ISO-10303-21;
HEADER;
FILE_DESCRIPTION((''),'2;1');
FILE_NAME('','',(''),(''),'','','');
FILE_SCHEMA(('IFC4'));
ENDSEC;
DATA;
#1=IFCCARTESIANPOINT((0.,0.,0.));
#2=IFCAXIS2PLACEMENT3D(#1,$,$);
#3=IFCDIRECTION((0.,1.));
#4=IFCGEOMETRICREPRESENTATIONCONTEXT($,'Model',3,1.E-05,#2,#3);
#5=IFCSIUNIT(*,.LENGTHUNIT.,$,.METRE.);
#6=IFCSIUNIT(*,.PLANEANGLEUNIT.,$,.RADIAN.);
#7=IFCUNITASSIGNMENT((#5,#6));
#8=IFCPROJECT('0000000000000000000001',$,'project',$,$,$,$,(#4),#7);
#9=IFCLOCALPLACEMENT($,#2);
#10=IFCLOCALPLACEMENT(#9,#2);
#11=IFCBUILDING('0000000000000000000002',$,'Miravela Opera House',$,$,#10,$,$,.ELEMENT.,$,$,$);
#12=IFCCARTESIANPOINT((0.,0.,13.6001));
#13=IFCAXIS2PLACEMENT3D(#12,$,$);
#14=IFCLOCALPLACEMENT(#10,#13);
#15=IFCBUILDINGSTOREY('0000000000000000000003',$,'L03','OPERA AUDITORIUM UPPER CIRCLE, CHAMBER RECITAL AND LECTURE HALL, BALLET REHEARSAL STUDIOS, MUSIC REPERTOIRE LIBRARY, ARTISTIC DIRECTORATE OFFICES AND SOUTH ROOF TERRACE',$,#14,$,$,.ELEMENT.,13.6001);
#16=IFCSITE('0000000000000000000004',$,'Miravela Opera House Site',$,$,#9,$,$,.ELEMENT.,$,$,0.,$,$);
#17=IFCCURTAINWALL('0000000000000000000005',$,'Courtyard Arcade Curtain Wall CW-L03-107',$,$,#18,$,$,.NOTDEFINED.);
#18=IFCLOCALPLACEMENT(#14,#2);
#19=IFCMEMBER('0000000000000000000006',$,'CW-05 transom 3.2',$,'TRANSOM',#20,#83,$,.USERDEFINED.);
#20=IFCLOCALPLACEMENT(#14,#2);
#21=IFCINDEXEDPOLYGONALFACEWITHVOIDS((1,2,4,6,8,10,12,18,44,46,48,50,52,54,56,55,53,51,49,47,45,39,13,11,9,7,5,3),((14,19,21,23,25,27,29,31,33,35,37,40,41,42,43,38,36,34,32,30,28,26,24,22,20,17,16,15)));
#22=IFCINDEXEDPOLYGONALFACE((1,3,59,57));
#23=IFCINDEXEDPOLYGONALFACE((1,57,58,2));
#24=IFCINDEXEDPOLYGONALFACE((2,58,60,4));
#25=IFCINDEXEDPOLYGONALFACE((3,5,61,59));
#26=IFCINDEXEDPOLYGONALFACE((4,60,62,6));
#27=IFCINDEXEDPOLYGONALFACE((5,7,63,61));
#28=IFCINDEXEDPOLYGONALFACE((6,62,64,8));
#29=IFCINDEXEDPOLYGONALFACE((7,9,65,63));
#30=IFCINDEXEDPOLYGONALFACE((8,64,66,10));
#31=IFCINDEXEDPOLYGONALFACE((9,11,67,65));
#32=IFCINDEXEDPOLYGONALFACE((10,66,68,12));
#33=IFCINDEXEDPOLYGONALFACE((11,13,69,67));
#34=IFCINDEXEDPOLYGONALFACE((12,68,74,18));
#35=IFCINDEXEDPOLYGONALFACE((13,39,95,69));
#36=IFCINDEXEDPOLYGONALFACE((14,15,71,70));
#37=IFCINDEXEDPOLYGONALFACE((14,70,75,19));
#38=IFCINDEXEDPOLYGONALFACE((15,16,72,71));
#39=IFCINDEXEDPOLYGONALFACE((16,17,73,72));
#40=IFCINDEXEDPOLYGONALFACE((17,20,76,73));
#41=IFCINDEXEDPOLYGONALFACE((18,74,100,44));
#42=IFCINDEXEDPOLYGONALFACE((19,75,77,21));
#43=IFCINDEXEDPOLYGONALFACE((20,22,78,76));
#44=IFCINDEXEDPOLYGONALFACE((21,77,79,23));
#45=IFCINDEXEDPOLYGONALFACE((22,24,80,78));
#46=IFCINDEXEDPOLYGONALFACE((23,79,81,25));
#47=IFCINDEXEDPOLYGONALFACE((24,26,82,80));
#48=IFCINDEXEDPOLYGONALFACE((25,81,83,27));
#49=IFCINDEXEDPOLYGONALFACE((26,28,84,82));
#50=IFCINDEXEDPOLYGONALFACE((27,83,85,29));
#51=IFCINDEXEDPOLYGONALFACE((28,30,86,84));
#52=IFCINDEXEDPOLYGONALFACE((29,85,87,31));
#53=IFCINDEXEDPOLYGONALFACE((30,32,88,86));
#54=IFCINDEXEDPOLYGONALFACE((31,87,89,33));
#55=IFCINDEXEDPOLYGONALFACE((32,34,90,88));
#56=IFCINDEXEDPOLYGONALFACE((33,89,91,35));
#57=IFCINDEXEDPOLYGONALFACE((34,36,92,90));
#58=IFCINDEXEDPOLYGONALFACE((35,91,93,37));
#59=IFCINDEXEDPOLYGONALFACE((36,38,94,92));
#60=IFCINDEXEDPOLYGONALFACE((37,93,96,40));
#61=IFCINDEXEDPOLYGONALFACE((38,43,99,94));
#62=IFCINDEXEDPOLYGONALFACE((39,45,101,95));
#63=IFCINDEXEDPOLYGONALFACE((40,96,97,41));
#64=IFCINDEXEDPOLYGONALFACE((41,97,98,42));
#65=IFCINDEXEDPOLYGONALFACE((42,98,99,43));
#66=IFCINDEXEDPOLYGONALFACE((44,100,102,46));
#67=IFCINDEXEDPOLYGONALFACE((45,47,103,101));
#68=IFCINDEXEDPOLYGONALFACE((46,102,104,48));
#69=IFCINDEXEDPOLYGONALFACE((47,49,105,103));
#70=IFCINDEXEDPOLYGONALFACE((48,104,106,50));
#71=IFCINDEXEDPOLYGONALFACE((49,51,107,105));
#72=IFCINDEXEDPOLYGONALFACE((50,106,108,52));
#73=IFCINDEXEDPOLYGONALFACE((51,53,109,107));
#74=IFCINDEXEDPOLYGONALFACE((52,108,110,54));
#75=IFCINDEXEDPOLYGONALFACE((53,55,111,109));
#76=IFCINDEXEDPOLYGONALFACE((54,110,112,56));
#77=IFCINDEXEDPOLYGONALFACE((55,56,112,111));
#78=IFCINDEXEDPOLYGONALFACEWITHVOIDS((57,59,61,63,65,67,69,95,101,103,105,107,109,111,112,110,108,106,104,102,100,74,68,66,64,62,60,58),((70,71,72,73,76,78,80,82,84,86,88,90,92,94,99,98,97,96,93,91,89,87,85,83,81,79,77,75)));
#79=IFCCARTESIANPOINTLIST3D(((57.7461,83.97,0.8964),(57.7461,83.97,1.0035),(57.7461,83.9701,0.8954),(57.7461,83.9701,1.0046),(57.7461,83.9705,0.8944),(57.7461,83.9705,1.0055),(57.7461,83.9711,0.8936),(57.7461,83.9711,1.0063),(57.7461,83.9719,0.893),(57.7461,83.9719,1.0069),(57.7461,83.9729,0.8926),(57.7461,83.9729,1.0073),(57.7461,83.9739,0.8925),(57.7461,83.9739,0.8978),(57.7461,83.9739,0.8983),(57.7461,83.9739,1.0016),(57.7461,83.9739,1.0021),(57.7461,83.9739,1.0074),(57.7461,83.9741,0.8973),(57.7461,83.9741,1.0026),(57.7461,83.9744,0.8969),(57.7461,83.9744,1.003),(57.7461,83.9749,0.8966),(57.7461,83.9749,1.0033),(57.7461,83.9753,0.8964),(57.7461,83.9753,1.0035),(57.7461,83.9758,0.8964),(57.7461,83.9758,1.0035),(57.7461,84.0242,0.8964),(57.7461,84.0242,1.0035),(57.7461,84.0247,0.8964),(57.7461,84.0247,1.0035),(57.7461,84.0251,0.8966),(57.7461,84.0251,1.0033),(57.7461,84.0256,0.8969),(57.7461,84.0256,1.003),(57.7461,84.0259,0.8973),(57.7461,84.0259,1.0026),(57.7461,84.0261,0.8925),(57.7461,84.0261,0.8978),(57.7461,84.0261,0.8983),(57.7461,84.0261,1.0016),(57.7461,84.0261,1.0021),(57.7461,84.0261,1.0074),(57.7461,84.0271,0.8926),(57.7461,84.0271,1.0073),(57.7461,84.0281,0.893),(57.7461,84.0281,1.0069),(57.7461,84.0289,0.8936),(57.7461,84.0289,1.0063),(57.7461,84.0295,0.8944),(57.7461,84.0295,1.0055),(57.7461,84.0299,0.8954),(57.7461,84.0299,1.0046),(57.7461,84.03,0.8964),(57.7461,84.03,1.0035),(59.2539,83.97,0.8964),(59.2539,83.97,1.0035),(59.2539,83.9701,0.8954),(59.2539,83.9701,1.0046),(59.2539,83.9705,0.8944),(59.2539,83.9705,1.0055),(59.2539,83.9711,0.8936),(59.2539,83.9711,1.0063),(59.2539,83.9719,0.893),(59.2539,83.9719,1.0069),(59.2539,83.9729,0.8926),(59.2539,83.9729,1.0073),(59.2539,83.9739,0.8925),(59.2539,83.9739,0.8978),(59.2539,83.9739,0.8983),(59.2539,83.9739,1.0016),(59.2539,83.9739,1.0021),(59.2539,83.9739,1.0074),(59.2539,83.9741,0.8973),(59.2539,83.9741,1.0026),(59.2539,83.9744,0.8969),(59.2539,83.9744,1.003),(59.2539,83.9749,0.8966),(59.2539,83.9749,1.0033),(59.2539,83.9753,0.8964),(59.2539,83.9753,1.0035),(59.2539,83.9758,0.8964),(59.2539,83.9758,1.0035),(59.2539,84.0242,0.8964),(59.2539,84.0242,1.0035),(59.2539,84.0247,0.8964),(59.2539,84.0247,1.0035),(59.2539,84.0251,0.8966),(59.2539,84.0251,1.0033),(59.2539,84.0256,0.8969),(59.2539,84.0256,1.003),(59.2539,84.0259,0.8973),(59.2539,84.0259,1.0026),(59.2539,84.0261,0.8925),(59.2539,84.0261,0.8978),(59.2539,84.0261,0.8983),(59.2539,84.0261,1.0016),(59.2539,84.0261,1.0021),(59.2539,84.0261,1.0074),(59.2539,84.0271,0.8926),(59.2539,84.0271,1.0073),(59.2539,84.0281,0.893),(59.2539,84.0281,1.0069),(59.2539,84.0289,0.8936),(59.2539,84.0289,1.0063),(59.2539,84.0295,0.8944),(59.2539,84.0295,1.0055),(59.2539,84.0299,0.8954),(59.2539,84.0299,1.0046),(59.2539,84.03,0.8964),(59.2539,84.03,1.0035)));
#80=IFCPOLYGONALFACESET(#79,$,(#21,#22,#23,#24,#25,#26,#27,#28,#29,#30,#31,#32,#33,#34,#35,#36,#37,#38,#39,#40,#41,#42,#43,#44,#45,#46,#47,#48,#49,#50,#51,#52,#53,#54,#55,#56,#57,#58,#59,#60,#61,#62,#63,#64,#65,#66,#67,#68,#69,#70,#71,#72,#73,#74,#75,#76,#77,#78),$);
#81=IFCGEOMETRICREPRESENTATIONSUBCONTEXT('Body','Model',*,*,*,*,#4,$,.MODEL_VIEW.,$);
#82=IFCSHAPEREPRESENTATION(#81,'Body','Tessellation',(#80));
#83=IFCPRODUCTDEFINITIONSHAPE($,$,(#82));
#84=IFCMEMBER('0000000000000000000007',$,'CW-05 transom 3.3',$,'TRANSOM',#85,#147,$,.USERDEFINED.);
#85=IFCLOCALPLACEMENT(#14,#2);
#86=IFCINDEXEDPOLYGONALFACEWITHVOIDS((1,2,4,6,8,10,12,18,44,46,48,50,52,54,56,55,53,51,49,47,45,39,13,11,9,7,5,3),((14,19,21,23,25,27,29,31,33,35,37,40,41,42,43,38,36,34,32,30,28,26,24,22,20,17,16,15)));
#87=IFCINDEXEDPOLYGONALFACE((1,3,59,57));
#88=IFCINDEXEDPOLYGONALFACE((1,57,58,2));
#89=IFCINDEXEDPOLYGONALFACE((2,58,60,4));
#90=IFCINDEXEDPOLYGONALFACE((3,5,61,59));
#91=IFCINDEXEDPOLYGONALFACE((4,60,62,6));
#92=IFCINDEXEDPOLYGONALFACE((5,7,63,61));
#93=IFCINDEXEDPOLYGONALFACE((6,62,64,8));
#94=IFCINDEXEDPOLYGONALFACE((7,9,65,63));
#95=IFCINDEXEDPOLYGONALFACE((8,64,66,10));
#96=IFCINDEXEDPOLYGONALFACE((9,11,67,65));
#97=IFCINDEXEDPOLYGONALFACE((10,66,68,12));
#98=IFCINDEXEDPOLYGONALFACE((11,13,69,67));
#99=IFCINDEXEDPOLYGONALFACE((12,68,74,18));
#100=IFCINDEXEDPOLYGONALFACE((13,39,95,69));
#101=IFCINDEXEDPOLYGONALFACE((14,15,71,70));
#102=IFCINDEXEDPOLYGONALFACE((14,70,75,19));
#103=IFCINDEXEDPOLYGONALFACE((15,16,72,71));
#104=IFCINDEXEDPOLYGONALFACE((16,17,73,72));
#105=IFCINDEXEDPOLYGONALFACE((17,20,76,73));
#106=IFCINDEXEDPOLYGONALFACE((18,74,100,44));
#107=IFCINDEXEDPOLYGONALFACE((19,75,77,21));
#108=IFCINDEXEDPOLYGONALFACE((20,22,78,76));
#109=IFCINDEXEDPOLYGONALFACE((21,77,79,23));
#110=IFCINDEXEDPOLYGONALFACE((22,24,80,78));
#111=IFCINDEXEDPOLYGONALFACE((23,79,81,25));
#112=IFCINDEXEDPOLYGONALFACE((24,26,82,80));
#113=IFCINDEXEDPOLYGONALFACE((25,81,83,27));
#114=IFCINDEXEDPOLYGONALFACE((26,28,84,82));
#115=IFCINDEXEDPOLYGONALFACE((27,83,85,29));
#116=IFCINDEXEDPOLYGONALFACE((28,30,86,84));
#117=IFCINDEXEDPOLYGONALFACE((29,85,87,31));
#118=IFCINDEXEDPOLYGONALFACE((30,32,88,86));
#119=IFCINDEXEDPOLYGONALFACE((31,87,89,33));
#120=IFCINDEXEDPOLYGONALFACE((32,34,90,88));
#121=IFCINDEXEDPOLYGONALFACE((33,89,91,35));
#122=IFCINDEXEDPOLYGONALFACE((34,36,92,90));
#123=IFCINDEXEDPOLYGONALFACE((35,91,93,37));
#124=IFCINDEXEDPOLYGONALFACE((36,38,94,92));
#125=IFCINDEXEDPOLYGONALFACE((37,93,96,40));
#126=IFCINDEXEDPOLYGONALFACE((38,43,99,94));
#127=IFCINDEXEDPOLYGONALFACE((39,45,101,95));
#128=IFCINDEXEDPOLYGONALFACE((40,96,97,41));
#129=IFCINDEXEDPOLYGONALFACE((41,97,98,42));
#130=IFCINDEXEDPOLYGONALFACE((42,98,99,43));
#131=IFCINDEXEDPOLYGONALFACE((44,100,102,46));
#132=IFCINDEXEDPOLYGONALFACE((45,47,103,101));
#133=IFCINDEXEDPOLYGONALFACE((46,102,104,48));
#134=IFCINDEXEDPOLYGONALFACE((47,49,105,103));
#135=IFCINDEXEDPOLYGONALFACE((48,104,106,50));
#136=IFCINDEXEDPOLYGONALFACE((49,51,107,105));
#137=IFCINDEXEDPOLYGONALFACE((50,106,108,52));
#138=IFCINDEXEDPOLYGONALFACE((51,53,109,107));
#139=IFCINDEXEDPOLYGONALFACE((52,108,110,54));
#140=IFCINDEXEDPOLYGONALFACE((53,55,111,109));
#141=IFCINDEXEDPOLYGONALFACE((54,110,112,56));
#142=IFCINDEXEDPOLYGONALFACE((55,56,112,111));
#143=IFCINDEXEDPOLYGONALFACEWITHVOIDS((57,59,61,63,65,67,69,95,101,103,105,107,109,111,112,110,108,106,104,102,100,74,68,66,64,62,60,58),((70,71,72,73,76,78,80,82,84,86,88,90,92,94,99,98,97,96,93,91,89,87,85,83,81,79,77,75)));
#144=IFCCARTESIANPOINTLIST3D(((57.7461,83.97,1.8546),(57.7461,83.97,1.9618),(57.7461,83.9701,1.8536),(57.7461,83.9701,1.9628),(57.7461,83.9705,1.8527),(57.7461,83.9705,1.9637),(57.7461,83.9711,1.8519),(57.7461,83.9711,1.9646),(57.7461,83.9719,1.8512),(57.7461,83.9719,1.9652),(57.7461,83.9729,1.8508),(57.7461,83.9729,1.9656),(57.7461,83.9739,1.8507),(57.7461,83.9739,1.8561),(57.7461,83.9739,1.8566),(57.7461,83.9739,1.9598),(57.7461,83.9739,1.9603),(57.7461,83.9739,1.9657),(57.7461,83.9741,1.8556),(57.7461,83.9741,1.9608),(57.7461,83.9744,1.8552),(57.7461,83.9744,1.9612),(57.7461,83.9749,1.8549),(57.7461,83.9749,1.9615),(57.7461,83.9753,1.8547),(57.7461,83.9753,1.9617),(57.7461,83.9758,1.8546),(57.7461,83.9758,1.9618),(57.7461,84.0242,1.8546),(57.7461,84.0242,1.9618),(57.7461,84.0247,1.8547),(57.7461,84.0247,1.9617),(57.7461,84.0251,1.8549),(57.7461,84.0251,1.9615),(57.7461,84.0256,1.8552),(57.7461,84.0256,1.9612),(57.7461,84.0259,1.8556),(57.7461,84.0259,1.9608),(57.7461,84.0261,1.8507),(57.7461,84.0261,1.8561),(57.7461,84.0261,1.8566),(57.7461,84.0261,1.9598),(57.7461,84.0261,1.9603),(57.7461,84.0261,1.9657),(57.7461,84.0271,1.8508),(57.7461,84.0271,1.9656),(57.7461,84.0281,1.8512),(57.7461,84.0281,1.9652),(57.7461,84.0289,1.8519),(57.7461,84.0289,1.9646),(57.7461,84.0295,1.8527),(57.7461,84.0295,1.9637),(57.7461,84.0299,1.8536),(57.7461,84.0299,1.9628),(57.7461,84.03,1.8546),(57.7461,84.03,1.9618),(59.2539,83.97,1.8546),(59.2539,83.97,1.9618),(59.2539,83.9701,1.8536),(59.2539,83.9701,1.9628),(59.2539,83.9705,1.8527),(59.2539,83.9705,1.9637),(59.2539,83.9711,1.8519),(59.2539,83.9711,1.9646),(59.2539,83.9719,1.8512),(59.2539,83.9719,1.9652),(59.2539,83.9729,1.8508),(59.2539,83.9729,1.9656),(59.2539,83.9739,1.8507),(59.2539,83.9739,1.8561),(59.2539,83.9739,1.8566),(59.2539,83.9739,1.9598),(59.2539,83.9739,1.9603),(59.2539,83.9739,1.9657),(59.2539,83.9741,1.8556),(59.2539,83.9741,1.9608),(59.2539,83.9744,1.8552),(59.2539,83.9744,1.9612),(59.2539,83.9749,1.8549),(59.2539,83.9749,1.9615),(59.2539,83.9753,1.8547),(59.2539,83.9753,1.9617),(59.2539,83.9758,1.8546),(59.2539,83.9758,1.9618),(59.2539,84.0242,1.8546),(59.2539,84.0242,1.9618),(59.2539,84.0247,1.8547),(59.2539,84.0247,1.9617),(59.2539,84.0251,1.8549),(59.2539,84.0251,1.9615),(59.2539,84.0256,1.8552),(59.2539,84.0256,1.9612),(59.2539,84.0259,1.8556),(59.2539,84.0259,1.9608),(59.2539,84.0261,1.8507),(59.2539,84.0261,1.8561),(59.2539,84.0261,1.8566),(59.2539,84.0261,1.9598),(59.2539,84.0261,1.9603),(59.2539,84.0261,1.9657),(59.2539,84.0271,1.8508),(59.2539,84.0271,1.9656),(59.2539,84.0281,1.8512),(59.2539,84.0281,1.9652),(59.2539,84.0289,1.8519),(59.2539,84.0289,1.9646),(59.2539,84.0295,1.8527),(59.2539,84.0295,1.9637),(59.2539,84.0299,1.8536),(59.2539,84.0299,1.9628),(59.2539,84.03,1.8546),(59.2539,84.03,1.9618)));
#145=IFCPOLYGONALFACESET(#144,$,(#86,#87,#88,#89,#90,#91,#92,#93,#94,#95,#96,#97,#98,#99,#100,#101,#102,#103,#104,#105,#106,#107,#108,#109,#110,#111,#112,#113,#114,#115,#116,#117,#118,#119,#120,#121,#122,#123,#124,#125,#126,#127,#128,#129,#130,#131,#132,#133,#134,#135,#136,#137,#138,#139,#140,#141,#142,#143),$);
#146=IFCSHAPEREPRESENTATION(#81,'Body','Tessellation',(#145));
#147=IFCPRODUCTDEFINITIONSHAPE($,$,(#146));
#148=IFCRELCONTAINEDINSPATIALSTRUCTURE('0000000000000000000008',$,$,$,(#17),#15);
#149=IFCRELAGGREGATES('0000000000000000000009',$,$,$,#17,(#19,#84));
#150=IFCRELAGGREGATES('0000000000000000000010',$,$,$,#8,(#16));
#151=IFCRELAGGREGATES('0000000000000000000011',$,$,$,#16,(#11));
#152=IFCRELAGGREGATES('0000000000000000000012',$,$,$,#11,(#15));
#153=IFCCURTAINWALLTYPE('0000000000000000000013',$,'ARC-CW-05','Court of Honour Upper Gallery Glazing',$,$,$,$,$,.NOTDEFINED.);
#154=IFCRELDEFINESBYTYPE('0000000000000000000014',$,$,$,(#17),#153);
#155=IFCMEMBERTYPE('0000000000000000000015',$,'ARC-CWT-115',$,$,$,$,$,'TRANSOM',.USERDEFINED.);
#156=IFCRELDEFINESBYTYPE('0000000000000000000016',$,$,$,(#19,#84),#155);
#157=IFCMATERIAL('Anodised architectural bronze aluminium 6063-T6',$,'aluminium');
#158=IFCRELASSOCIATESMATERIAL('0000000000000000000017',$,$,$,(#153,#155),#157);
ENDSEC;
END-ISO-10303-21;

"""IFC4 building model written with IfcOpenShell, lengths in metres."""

from ifc_helpers import new_model, si_unit, direction, frame, origin, origin_2d, place, context, subcontext, project, spatial, hollow_rectangle, extrude, material, material_profile, profile_set, type_object, element, aggregate, save


model = new_model("IFC4")

# Units and contexts
model_context = context("Model", 3, precision=1e-05, world=origin(), true_north=direction((0.0, 1.0)))
body_context = subcontext(model_context, "Body", "Model", "MODEL_VIEW")
ifc_project = project(units=[si_unit("LENGTHUNIT", "METRE"), si_unit("PLANEANGLEUNIT", "RADIAN")], contexts=[model_context])

# Site, building, storey
site_placement = place(None, origin())
site = spatial("IfcSite", under=ifc_project, at=site_placement, Name="Miravela Opera House Site", CompositionType="ELEMENT", RefElevation=0.0)
building_placement = place(site_placement, origin())
building = spatial("IfcBuilding", under=site, at=building_placement, Name="Miravela Opera House", CompositionType="ELEMENT")
storey_placement = place(building_placement, frame((0.0, 0.0, 13.6001)))
storey = spatial("IfcBuildingStorey", under=building, at=storey_placement, Name="L03", Description="OPERA AUDITORIUM UPPER CIRCLE, CHAMBER RECITAL AND LECTURE HALL, BALLET REHEARSAL STUDIOS, MUSIC REPERTOIRE LIBRARY, ARTISTIC DIRECTORATE OFFICES AND SOUTH ROOF TERRACE", CompositionType="ELEMENT", Elevation=13.6001)

# Curtain wall
ifc_material_1 = material(Name="Anodised architectural bronze aluminium 6063-T6", Category="aluminium")
curtain_wall_type = type_object("IfcCurtainWallType", Name="ARC-CW-05", Description="Court of Honour Upper Gallery Glazing", PredefinedType="NOTDEFINED", material=ifc_material_1)
curtain_wall_1_placement = place(storey_placement, origin())
curtain_wall_1 = element("IfcCurtainWall", 1, at=curtain_wall_1_placement, inside=storey, type_object=curtain_wall_type, Name="Courtyard Arcade Curtain Wall CW-L03-107", PredefinedType="NOTDEFINED")

# Members
ifc_material_profile_1 = material_profile(ifc_material_1, hollow_rectangle(XDim=0.0601, YDim=0.115, WallThickness=0.0039, InnerFilletRadius=0.002, OuterFilletRadius=0.0039, at=origin_2d()), Name="CWT-60X115")
ifc_profile_set_1 = profile_set([ifc_material_profile_1])
member_type_1 = type_object("IfcMemberType", Name="ARC-CWT-115", ElementType="TRANSOM", PredefinedType="USERDEFINED", material=ifc_profile_set_1)
member_1_placement = place(storey_placement, frame((57.7461, 84.0, 0.95), z_axis=(1.0, 0.0, 0.0), x_axis=(0.0, 1.0, 0.0)))
member_1 = element("IfcMember", 2, at=member_1_placement, type_object=member_type_1, Name="CW-05 transom 3.2", ObjectType="TRANSOM", PredefinedType="USERDEFINED", context=body_context, shape_type="SweptSolid", body=[
    extrude(hollow_rectangle(XDim=0.0601, YDim=0.115, WallThickness=0.0039, InnerFilletRadius=0.002, OuterFilletRadius=0.0039, at=origin_2d()), origin(), (0.0, 0.0, 1.0), 1.5078),
])
member_2_placement = place(storey_placement, frame((57.7461, 84.0, 1.9082), z_axis=(1.0, 0.0, 0.0), x_axis=(0.0, 1.0, 0.0)))
member_2 = element("IfcMember", 3, at=member_2_placement, type_object=member_type_1, Name="CW-05 transom 3.3", ObjectType="TRANSOM", PredefinedType="USERDEFINED", context=body_context, shape_type="SweptSolid", body=[
    extrude(hollow_rectangle(XDim=0.0601, YDim=0.115, WallThickness=0.0039, InnerFilletRadius=0.002, OuterFilletRadius=0.0039, at=origin_2d()), origin(), (0.0, 0.0, 1.0), 1.5078),
])

aggregate(curtain_wall_1, [member_1, member_2])

save(model, "model.ifc")
